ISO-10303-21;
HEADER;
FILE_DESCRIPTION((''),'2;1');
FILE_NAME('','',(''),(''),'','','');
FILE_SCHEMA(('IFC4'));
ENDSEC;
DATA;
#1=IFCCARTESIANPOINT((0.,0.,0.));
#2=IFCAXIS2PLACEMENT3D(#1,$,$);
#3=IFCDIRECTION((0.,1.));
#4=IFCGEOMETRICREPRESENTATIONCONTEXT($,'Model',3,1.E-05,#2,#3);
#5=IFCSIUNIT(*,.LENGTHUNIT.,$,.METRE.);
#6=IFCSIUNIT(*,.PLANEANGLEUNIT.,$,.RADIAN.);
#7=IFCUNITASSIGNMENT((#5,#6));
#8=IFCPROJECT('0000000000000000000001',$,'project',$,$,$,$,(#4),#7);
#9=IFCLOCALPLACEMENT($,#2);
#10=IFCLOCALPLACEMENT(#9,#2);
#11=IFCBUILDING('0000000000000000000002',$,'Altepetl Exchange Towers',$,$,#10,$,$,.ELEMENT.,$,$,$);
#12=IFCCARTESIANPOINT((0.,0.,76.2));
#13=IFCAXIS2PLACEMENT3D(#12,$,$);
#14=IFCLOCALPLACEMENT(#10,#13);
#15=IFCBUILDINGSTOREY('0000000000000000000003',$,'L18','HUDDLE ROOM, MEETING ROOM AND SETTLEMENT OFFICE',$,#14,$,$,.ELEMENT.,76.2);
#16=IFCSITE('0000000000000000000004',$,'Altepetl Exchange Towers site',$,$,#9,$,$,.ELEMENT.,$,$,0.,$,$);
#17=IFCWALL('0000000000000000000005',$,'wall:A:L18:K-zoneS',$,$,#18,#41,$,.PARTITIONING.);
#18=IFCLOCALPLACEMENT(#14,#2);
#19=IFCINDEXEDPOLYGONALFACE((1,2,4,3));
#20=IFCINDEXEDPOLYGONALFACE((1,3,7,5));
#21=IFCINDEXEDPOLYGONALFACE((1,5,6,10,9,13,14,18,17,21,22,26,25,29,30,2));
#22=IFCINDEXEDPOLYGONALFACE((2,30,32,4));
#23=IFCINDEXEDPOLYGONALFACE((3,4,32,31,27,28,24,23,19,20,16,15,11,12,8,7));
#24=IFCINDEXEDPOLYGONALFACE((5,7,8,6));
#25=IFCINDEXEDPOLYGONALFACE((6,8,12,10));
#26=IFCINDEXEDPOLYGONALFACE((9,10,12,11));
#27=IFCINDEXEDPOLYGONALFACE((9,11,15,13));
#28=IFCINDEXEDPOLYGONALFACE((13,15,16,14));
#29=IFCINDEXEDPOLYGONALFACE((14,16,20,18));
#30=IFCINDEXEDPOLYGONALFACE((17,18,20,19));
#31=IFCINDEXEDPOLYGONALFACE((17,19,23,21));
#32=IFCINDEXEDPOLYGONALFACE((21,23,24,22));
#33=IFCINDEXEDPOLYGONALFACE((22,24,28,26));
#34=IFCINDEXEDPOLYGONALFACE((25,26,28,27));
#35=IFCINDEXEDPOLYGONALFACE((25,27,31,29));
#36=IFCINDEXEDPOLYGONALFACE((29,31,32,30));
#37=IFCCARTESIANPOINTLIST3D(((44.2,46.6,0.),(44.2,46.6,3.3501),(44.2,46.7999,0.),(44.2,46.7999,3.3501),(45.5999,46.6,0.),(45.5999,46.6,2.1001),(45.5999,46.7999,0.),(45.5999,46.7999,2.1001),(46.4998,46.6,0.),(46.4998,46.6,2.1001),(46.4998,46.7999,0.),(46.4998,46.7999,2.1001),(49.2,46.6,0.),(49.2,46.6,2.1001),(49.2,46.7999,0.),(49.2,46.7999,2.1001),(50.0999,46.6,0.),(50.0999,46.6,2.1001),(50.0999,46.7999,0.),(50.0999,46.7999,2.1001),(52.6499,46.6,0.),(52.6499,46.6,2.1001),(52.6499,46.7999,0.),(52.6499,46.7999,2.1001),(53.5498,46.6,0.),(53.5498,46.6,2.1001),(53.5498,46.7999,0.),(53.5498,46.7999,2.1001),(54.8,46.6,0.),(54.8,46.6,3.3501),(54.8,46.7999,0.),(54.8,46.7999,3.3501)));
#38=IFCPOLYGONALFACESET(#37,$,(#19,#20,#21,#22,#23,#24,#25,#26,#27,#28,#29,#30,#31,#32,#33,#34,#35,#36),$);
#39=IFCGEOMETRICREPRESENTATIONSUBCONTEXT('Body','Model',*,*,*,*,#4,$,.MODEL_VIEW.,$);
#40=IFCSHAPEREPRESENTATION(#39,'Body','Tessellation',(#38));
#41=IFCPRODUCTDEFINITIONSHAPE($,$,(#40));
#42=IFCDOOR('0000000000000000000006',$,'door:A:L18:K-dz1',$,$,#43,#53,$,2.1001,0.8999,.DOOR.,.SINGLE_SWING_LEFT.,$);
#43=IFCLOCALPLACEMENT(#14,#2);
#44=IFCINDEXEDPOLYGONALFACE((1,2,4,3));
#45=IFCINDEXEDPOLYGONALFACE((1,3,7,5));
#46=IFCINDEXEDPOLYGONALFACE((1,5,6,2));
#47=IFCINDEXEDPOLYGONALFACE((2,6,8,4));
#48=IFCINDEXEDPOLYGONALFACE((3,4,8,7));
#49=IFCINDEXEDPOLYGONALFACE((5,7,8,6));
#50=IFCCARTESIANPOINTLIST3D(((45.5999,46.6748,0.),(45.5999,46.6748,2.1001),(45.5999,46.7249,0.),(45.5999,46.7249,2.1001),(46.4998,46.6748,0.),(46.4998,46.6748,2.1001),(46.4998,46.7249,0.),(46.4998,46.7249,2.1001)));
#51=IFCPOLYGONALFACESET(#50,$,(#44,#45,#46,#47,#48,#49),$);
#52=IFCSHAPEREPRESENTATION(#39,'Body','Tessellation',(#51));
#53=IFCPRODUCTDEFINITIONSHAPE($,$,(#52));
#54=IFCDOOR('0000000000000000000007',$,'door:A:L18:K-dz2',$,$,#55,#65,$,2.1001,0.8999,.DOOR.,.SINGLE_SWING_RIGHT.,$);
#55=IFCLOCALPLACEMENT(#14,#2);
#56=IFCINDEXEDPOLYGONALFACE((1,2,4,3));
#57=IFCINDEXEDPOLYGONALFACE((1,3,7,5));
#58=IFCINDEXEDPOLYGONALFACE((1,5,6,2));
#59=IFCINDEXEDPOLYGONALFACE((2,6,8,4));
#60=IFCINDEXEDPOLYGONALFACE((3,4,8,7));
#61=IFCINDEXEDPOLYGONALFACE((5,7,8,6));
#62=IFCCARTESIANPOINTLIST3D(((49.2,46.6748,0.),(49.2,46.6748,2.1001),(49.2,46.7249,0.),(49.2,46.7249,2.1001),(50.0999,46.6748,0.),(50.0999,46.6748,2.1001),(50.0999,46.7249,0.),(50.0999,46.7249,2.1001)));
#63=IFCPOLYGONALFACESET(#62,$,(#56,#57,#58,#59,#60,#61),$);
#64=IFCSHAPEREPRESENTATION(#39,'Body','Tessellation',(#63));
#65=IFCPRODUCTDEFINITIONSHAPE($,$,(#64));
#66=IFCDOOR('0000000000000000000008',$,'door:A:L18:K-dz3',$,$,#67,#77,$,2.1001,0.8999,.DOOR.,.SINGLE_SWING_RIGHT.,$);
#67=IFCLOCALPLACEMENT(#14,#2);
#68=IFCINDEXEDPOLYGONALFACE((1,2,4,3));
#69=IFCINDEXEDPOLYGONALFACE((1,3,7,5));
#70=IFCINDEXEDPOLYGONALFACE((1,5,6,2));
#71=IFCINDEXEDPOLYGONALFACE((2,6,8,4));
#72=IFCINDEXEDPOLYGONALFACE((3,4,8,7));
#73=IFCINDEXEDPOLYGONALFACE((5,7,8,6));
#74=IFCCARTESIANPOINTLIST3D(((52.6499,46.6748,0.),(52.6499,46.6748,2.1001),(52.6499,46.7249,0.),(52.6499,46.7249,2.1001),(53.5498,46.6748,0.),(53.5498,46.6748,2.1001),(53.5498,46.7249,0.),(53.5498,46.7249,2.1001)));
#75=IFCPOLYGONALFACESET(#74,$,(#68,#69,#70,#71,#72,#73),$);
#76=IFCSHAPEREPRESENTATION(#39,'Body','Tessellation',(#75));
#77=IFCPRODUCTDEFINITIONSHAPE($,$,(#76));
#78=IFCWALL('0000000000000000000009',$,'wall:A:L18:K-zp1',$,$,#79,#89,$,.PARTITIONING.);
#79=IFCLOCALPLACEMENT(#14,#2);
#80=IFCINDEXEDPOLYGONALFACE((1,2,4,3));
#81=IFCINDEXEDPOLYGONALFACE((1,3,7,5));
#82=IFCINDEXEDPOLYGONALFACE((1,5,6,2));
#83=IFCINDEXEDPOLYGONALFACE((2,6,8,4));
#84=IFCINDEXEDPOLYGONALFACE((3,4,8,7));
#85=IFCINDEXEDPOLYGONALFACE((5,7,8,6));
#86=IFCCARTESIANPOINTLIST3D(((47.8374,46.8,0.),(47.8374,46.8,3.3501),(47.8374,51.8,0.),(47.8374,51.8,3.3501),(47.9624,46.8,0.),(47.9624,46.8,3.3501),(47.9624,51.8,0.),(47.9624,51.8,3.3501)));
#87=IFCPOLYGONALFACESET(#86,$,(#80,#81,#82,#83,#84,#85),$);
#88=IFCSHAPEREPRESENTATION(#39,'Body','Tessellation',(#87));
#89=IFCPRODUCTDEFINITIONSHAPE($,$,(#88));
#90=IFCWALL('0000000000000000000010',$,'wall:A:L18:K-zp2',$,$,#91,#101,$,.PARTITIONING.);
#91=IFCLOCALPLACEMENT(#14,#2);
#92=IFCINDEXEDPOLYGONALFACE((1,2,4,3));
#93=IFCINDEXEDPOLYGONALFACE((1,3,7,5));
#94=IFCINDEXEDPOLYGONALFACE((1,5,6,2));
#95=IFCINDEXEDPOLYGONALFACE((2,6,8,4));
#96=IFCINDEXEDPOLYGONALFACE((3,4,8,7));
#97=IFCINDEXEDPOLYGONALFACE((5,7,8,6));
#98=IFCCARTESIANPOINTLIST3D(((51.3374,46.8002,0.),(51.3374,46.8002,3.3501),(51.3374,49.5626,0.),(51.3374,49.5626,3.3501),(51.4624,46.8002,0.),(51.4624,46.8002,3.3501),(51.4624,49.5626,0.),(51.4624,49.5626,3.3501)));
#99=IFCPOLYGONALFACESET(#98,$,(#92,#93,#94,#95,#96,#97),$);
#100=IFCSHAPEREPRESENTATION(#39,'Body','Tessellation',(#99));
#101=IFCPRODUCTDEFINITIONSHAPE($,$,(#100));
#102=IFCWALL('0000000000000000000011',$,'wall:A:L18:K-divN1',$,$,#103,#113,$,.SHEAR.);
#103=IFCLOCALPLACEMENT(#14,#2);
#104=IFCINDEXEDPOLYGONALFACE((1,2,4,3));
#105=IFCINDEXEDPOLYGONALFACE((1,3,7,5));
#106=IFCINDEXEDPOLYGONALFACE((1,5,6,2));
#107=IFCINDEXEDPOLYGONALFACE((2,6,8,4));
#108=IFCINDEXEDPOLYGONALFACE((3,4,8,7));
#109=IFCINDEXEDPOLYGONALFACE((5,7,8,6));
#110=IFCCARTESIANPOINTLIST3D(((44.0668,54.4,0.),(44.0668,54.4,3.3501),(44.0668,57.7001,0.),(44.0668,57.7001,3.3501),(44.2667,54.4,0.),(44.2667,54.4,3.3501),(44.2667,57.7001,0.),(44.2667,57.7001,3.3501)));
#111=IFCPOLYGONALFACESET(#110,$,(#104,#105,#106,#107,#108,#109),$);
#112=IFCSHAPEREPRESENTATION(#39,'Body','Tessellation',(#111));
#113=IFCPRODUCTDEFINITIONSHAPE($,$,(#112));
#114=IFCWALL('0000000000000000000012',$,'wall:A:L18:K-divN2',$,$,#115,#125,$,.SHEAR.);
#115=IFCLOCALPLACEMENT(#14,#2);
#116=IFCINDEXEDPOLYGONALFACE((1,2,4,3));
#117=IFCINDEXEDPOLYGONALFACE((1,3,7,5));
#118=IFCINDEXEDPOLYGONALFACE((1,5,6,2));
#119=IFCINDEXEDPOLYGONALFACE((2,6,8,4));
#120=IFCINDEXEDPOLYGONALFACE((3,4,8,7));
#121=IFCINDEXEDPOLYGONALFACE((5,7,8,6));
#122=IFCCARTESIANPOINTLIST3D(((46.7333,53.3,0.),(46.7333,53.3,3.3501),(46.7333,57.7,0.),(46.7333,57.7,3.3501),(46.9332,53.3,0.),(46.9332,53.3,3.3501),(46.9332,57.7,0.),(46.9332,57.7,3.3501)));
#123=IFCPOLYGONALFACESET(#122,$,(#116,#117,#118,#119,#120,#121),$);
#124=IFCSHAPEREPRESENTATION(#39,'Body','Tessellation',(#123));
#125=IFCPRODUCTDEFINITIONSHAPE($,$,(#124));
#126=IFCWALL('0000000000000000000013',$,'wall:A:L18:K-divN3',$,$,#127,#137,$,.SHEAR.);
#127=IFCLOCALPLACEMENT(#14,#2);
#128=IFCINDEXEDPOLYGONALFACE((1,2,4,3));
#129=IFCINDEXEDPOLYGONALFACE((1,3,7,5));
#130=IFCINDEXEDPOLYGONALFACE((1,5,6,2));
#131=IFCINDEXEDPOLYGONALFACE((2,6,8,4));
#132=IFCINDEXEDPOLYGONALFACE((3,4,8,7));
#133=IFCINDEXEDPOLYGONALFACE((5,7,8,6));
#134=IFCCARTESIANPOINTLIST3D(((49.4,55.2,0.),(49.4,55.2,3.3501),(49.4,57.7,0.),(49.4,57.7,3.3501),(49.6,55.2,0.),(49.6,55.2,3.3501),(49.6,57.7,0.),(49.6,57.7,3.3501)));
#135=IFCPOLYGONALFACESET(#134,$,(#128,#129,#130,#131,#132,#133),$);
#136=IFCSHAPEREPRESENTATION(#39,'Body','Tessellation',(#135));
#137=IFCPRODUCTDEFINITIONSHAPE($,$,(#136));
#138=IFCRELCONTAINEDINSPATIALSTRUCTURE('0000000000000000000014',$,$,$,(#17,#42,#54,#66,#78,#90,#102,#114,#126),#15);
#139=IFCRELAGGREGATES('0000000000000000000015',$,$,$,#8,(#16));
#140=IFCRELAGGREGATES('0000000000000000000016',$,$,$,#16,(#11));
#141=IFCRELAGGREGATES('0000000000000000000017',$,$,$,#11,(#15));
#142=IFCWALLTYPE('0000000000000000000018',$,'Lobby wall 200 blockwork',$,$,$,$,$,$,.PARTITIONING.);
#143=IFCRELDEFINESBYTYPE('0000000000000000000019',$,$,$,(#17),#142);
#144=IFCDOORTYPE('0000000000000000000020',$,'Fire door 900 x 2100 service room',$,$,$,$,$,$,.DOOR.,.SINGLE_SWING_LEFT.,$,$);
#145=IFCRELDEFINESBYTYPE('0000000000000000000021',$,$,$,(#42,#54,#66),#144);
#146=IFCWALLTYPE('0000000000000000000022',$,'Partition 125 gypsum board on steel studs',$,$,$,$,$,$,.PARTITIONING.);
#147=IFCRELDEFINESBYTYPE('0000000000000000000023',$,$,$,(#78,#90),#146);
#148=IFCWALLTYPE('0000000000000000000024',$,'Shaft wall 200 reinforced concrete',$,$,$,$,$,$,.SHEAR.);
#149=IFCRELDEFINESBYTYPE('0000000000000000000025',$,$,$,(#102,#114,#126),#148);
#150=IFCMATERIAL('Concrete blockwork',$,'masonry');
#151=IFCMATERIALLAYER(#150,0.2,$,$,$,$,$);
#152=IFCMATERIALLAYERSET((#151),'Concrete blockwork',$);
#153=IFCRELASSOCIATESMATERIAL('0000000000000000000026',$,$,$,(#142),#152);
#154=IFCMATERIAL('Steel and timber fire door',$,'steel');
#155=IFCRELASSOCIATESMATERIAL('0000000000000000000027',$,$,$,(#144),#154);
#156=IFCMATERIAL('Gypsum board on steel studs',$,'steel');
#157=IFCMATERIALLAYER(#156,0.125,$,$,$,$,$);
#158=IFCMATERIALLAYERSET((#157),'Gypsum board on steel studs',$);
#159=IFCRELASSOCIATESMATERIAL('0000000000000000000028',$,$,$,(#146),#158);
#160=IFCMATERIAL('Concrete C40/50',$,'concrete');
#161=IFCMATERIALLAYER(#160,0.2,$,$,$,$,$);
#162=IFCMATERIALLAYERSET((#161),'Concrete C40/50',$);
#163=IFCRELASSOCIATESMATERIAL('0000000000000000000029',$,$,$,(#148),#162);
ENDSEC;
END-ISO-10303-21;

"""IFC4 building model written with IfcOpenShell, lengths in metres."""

from ifc_helpers import new_model, si_unit, direction, frame, frame_2d, origin, place, context, subcontext, project, spatial, rectangle, extrude, material, layer, layer_set, type_object, element, fill, save


model = new_model("IFC4")

# Units and contexts
model_context = context("Model", 3, precision=1e-05, world=origin(), true_north=direction((0.0, 1.0)))
body_context = subcontext(model_context, "Body", "Model", "MODEL_VIEW")
ifc_project = project(units=[si_unit("LENGTHUNIT", "METRE"), si_unit("PLANEANGLEUNIT", "RADIAN")], contexts=[model_context])

# Site, building, storey
site_placement = place(None, origin())
site = spatial("IfcSite", under=ifc_project, at=site_placement, Name="Altepetl Exchange Towers site", CompositionType="ELEMENT", RefElevation=0.0)
building_placement = place(site_placement, origin())
building = spatial("IfcBuilding", under=site, at=building_placement, Name="Altepetl Exchange Towers", CompositionType="ELEMENT")
storey_placement = place(building_placement, frame((0.0, 0.0, 76.2)))
storey = spatial("IfcBuildingStorey", under=building, at=storey_placement, Name="L18", Description="HUDDLE ROOM, MEETING ROOM AND SETTLEMENT OFFICE", CompositionType="ELEMENT", Elevation=76.2)

# Shared definitions
ifc_material_1 = material(Name="Concrete blockwork", Category="masonry")
ifc_layer_1 = layer(ifc_material_1, 0.2)
ifc_layer_set_1 = layer_set([ifc_layer_1], Name="Concrete blockwork")
wall_type_1 = type_object("IfcWallType", Name="Lobby wall 200 blockwork", PredefinedType="PARTITIONING", material=ifc_layer_set_1)

# Shared definitions
ifc_material_2 = material(Name="Steel and timber fire door", Category="steel")
door_type_1 = type_object("IfcDoorType", Name="Fire door 900 x 2100 service room", OperationType="SINGLE_SWING_LEFT", PredefinedType="DOOR", material=ifc_material_2)

# Wall, openings, doors
wall_1_placement = place(storey_placement, frame((44.2, 46.7, 0.0)))
wall_1 = element("IfcWall", 1, at=wall_1_placement, inside=storey, type_object=wall_type_1, Name="wall:A:L18:K-zoneS", PredefinedType="PARTITIONING", context=body_context, shape_type="SweptSolid", body=[
    extrude(rectangle(XDim=10.6001, YDim=0.2, at=frame_2d((5.3, 0.0))), origin(), (0.0, 0.0, 1.0), 3.3501),
])
opening_1_placement = place(wall_1_placement, frame((1.3999, 0.0, 0.0)))
opening_1 = element("IfcOpeningElement", 2, at=opening_1_placement, cuts=wall_1, PredefinedType="OPENING", context=body_context, shape_type="SweptSolid", body=[
    extrude(rectangle(XDim=0.8999, YDim=2.1001, at=frame_2d((0.45, 1.05))), frame((0.0, 0.1099, 0.0), z_axis=(0.0, -1.0, 0.0), x_axis=(1.0, 0.0, 0.0)), (0.0, 0.0, 1.0), 0.22),
])
opening_2_placement = place(wall_1_placement, frame((5.0, 0.0, 0.0)))
opening_2 = element("IfcOpeningElement", 3, at=opening_2_placement, cuts=wall_1, PredefinedType="OPENING", context=body_context, shape_type="SweptSolid", body=[
    extrude(rectangle(XDim=0.8999, YDim=2.1001, at=frame_2d((0.45, 1.05))), frame((0.0, 0.1099, 0.0), z_axis=(0.0, -1.0, 0.0), x_axis=(1.0, 0.0, 0.0)), (0.0, 0.0, 1.0), 0.22),
])
opening_3_placement = place(wall_1_placement, frame((8.45, 0.0, 0.0)))
opening_3 = element("IfcOpeningElement", 4, at=opening_3_placement, cuts=wall_1, PredefinedType="OPENING", context=body_context, shape_type="SweptSolid", body=[
    extrude(rectangle(XDim=0.8999, YDim=2.1001, at=frame_2d((0.45, 1.05))), frame((0.0, 0.1099, 0.0), z_axis=(0.0, -1.0, 0.0), x_axis=(1.0, 0.0, 0.0)), (0.0, 0.0, 1.0), 0.22),
])
door_1_placement = place(opening_1_placement, origin())
door_1 = element("IfcDoor", 5, at=door_1_placement, inside=storey, type_object=door_type_1, Name="door:A:L18:K-dz1", OperationType="SINGLE_SWING_LEFT", OverallHeight=2.1001, OverallWidth=0.8999, PredefinedType="DOOR", context=body_context, shape_type="SweptSolid", body=[
    extrude(rectangle(XDim=0.8999, YDim=2.1001, at=frame_2d((0.45, 1.05))), frame((0.0, 0.0249, 0.0), z_axis=(0.0, -1.0, 0.0), x_axis=(1.0, 0.0, 0.0)), (0.0, 0.0, 1.0), 0.05),
])
fill(opening_1, door_1)
door_2_placement = place(opening_2_placement, origin())
door_2 = element("IfcDoor", 6, at=door_2_placement, inside=storey, type_object=door_type_1, Name="door:A:L18:K-dz2", OperationType="SINGLE_SWING_RIGHT", OverallHeight=2.1001, OverallWidth=0.8999, PredefinedType="DOOR", context=body_context, shape_type="SweptSolid", body=[
    extrude(rectangle(XDim=0.8999, YDim=2.1001, at=frame_2d((0.45, 1.05))), frame((0.0, 0.0249, 0.0), z_axis=(0.0, -1.0, 0.0), x_axis=(1.0, 0.0, 0.0)), (0.0, 0.0, 1.0), 0.05),
])
fill(opening_2, door_2)
door_3_placement = place(opening_3_placement, origin())
door_3 = element("IfcDoor", 7, at=door_3_placement, inside=storey, type_object=door_type_1, Name="door:A:L18:K-dz3", OperationType="SINGLE_SWING_RIGHT", OverallHeight=2.1001, OverallWidth=0.8999, PredefinedType="DOOR", context=body_context, shape_type="SweptSolid", body=[
    extrude(rectangle(XDim=0.8999, YDim=2.1001, at=frame_2d((0.45, 1.05))), frame((0.0, 0.0249, 0.0), z_axis=(0.0, -1.0, 0.0), x_axis=(1.0, 0.0, 0.0)), (0.0, 0.0, 1.0), 0.05),
])
fill(opening_3, door_3)

# Walls
ifc_material_3 = material(Name="Gypsum board on steel studs", Category="steel")
ifc_layer_2 = layer(ifc_material_3, 0.125)
ifc_layer_set_2 = layer_set([ifc_layer_2], Name="Gypsum board on steel studs")
wall_type_2 = type_object("IfcWallType", Name="Partition 125 gypsum board on steel studs", PredefinedType="PARTITIONING", material=ifc_layer_set_2)
wall_2_placement = place(storey_placement, frame((47.8999, 46.8, 0.0), z_axis=(0.0, 0.0, 1.0), x_axis=(0.0, 1.0, 0.0)))
element("IfcWall", 8, at=wall_2_placement, inside=storey, type_object=wall_type_2, Name="wall:A:L18:K-zp1", PredefinedType="PARTITIONING", context=body_context, shape_type="SweptSolid", body=[
    extrude(rectangle(XDim=5.0, YDim=0.125, at=frame_2d((2.5, 0.0))), origin(), (0.0, 0.0, 1.0), 3.3501),
])
wall_3_placement = place(storey_placement, frame((51.3999, 46.8, 0.0), z_axis=(0.0, 0.0, 1.0), x_axis=(0.0, 1.0, 0.0)))
element("IfcWall", 9, at=wall_3_placement, inside=storey, type_object=wall_type_2, Name="wall:A:L18:K-zp2", PredefinedType="PARTITIONING", context=body_context, shape_type="SweptSolid", body=[
    extrude(rectangle(XDim=2.7625, YDim=0.125, at=frame_2d((1.3813, 0.0))), origin(), (0.0, 0.0, 1.0), 3.3501),
])
ifc_material_4 = material(Name="Concrete C40/50", Category="concrete")
ifc_layer_3 = layer(ifc_material_4, 0.2)
ifc_layer_set_3 = layer_set([ifc_layer_3], Name="Concrete C40/50")
wall_type_3 = type_object("IfcWallType", Name="Shaft wall 200 reinforced concrete", PredefinedType="SHEAR", material=ifc_layer_set_3)
wall_4_placement = place(storey_placement, frame((44.1667, 57.7, 0.0), z_axis=(0.0, 0.0, 1.0), x_axis=(0.0, -1.0, 0.0)))
element("IfcWall", 10, at=wall_4_placement, inside=storey, type_object=wall_type_3, Name="wall:A:L18:K-divN1", PredefinedType="SHEAR", context=body_context, shape_type="SweptSolid", body=[
    extrude(rectangle(XDim=3.3, YDim=0.2, at=frame_2d((1.6499, 0.0))), origin(), (0.0, 0.0, 1.0), 3.3501),
])
wall_5_placement = place(storey_placement, frame((46.8333, 57.7, 0.0), z_axis=(0.0, 0.0, 1.0), x_axis=(0.0, -1.0, 0.0)))
element("IfcWall", 11, at=wall_5_placement, inside=storey, type_object=wall_type_3, Name="wall:A:L18:K-divN2", PredefinedType="SHEAR", context=body_context, shape_type="SweptSolid", body=[
    extrude(rectangle(XDim=4.3999, YDim=0.2, at=frame_2d((2.2, 0.0))), origin(), (0.0, 0.0, 1.0), 3.3501),
])
wall_6_placement = place(storey_placement, frame((49.5, 57.7, 0.0), z_axis=(0.0, 0.0, 1.0), x_axis=(0.0, -1.0, 0.0)))
element("IfcWall", 12, at=wall_6_placement, inside=storey, type_object=wall_type_3, Name="wall:A:L18:K-divN3", PredefinedType="SHEAR", context=body_context, shape_type="SweptSolid", body=[
    extrude(rectangle(XDim=2.5, YDim=0.2, at=frame_2d((1.25, 0.0))), origin(), (0.0, 0.0, 1.0), 3.3501),
])

save(model, "model.ifc")
